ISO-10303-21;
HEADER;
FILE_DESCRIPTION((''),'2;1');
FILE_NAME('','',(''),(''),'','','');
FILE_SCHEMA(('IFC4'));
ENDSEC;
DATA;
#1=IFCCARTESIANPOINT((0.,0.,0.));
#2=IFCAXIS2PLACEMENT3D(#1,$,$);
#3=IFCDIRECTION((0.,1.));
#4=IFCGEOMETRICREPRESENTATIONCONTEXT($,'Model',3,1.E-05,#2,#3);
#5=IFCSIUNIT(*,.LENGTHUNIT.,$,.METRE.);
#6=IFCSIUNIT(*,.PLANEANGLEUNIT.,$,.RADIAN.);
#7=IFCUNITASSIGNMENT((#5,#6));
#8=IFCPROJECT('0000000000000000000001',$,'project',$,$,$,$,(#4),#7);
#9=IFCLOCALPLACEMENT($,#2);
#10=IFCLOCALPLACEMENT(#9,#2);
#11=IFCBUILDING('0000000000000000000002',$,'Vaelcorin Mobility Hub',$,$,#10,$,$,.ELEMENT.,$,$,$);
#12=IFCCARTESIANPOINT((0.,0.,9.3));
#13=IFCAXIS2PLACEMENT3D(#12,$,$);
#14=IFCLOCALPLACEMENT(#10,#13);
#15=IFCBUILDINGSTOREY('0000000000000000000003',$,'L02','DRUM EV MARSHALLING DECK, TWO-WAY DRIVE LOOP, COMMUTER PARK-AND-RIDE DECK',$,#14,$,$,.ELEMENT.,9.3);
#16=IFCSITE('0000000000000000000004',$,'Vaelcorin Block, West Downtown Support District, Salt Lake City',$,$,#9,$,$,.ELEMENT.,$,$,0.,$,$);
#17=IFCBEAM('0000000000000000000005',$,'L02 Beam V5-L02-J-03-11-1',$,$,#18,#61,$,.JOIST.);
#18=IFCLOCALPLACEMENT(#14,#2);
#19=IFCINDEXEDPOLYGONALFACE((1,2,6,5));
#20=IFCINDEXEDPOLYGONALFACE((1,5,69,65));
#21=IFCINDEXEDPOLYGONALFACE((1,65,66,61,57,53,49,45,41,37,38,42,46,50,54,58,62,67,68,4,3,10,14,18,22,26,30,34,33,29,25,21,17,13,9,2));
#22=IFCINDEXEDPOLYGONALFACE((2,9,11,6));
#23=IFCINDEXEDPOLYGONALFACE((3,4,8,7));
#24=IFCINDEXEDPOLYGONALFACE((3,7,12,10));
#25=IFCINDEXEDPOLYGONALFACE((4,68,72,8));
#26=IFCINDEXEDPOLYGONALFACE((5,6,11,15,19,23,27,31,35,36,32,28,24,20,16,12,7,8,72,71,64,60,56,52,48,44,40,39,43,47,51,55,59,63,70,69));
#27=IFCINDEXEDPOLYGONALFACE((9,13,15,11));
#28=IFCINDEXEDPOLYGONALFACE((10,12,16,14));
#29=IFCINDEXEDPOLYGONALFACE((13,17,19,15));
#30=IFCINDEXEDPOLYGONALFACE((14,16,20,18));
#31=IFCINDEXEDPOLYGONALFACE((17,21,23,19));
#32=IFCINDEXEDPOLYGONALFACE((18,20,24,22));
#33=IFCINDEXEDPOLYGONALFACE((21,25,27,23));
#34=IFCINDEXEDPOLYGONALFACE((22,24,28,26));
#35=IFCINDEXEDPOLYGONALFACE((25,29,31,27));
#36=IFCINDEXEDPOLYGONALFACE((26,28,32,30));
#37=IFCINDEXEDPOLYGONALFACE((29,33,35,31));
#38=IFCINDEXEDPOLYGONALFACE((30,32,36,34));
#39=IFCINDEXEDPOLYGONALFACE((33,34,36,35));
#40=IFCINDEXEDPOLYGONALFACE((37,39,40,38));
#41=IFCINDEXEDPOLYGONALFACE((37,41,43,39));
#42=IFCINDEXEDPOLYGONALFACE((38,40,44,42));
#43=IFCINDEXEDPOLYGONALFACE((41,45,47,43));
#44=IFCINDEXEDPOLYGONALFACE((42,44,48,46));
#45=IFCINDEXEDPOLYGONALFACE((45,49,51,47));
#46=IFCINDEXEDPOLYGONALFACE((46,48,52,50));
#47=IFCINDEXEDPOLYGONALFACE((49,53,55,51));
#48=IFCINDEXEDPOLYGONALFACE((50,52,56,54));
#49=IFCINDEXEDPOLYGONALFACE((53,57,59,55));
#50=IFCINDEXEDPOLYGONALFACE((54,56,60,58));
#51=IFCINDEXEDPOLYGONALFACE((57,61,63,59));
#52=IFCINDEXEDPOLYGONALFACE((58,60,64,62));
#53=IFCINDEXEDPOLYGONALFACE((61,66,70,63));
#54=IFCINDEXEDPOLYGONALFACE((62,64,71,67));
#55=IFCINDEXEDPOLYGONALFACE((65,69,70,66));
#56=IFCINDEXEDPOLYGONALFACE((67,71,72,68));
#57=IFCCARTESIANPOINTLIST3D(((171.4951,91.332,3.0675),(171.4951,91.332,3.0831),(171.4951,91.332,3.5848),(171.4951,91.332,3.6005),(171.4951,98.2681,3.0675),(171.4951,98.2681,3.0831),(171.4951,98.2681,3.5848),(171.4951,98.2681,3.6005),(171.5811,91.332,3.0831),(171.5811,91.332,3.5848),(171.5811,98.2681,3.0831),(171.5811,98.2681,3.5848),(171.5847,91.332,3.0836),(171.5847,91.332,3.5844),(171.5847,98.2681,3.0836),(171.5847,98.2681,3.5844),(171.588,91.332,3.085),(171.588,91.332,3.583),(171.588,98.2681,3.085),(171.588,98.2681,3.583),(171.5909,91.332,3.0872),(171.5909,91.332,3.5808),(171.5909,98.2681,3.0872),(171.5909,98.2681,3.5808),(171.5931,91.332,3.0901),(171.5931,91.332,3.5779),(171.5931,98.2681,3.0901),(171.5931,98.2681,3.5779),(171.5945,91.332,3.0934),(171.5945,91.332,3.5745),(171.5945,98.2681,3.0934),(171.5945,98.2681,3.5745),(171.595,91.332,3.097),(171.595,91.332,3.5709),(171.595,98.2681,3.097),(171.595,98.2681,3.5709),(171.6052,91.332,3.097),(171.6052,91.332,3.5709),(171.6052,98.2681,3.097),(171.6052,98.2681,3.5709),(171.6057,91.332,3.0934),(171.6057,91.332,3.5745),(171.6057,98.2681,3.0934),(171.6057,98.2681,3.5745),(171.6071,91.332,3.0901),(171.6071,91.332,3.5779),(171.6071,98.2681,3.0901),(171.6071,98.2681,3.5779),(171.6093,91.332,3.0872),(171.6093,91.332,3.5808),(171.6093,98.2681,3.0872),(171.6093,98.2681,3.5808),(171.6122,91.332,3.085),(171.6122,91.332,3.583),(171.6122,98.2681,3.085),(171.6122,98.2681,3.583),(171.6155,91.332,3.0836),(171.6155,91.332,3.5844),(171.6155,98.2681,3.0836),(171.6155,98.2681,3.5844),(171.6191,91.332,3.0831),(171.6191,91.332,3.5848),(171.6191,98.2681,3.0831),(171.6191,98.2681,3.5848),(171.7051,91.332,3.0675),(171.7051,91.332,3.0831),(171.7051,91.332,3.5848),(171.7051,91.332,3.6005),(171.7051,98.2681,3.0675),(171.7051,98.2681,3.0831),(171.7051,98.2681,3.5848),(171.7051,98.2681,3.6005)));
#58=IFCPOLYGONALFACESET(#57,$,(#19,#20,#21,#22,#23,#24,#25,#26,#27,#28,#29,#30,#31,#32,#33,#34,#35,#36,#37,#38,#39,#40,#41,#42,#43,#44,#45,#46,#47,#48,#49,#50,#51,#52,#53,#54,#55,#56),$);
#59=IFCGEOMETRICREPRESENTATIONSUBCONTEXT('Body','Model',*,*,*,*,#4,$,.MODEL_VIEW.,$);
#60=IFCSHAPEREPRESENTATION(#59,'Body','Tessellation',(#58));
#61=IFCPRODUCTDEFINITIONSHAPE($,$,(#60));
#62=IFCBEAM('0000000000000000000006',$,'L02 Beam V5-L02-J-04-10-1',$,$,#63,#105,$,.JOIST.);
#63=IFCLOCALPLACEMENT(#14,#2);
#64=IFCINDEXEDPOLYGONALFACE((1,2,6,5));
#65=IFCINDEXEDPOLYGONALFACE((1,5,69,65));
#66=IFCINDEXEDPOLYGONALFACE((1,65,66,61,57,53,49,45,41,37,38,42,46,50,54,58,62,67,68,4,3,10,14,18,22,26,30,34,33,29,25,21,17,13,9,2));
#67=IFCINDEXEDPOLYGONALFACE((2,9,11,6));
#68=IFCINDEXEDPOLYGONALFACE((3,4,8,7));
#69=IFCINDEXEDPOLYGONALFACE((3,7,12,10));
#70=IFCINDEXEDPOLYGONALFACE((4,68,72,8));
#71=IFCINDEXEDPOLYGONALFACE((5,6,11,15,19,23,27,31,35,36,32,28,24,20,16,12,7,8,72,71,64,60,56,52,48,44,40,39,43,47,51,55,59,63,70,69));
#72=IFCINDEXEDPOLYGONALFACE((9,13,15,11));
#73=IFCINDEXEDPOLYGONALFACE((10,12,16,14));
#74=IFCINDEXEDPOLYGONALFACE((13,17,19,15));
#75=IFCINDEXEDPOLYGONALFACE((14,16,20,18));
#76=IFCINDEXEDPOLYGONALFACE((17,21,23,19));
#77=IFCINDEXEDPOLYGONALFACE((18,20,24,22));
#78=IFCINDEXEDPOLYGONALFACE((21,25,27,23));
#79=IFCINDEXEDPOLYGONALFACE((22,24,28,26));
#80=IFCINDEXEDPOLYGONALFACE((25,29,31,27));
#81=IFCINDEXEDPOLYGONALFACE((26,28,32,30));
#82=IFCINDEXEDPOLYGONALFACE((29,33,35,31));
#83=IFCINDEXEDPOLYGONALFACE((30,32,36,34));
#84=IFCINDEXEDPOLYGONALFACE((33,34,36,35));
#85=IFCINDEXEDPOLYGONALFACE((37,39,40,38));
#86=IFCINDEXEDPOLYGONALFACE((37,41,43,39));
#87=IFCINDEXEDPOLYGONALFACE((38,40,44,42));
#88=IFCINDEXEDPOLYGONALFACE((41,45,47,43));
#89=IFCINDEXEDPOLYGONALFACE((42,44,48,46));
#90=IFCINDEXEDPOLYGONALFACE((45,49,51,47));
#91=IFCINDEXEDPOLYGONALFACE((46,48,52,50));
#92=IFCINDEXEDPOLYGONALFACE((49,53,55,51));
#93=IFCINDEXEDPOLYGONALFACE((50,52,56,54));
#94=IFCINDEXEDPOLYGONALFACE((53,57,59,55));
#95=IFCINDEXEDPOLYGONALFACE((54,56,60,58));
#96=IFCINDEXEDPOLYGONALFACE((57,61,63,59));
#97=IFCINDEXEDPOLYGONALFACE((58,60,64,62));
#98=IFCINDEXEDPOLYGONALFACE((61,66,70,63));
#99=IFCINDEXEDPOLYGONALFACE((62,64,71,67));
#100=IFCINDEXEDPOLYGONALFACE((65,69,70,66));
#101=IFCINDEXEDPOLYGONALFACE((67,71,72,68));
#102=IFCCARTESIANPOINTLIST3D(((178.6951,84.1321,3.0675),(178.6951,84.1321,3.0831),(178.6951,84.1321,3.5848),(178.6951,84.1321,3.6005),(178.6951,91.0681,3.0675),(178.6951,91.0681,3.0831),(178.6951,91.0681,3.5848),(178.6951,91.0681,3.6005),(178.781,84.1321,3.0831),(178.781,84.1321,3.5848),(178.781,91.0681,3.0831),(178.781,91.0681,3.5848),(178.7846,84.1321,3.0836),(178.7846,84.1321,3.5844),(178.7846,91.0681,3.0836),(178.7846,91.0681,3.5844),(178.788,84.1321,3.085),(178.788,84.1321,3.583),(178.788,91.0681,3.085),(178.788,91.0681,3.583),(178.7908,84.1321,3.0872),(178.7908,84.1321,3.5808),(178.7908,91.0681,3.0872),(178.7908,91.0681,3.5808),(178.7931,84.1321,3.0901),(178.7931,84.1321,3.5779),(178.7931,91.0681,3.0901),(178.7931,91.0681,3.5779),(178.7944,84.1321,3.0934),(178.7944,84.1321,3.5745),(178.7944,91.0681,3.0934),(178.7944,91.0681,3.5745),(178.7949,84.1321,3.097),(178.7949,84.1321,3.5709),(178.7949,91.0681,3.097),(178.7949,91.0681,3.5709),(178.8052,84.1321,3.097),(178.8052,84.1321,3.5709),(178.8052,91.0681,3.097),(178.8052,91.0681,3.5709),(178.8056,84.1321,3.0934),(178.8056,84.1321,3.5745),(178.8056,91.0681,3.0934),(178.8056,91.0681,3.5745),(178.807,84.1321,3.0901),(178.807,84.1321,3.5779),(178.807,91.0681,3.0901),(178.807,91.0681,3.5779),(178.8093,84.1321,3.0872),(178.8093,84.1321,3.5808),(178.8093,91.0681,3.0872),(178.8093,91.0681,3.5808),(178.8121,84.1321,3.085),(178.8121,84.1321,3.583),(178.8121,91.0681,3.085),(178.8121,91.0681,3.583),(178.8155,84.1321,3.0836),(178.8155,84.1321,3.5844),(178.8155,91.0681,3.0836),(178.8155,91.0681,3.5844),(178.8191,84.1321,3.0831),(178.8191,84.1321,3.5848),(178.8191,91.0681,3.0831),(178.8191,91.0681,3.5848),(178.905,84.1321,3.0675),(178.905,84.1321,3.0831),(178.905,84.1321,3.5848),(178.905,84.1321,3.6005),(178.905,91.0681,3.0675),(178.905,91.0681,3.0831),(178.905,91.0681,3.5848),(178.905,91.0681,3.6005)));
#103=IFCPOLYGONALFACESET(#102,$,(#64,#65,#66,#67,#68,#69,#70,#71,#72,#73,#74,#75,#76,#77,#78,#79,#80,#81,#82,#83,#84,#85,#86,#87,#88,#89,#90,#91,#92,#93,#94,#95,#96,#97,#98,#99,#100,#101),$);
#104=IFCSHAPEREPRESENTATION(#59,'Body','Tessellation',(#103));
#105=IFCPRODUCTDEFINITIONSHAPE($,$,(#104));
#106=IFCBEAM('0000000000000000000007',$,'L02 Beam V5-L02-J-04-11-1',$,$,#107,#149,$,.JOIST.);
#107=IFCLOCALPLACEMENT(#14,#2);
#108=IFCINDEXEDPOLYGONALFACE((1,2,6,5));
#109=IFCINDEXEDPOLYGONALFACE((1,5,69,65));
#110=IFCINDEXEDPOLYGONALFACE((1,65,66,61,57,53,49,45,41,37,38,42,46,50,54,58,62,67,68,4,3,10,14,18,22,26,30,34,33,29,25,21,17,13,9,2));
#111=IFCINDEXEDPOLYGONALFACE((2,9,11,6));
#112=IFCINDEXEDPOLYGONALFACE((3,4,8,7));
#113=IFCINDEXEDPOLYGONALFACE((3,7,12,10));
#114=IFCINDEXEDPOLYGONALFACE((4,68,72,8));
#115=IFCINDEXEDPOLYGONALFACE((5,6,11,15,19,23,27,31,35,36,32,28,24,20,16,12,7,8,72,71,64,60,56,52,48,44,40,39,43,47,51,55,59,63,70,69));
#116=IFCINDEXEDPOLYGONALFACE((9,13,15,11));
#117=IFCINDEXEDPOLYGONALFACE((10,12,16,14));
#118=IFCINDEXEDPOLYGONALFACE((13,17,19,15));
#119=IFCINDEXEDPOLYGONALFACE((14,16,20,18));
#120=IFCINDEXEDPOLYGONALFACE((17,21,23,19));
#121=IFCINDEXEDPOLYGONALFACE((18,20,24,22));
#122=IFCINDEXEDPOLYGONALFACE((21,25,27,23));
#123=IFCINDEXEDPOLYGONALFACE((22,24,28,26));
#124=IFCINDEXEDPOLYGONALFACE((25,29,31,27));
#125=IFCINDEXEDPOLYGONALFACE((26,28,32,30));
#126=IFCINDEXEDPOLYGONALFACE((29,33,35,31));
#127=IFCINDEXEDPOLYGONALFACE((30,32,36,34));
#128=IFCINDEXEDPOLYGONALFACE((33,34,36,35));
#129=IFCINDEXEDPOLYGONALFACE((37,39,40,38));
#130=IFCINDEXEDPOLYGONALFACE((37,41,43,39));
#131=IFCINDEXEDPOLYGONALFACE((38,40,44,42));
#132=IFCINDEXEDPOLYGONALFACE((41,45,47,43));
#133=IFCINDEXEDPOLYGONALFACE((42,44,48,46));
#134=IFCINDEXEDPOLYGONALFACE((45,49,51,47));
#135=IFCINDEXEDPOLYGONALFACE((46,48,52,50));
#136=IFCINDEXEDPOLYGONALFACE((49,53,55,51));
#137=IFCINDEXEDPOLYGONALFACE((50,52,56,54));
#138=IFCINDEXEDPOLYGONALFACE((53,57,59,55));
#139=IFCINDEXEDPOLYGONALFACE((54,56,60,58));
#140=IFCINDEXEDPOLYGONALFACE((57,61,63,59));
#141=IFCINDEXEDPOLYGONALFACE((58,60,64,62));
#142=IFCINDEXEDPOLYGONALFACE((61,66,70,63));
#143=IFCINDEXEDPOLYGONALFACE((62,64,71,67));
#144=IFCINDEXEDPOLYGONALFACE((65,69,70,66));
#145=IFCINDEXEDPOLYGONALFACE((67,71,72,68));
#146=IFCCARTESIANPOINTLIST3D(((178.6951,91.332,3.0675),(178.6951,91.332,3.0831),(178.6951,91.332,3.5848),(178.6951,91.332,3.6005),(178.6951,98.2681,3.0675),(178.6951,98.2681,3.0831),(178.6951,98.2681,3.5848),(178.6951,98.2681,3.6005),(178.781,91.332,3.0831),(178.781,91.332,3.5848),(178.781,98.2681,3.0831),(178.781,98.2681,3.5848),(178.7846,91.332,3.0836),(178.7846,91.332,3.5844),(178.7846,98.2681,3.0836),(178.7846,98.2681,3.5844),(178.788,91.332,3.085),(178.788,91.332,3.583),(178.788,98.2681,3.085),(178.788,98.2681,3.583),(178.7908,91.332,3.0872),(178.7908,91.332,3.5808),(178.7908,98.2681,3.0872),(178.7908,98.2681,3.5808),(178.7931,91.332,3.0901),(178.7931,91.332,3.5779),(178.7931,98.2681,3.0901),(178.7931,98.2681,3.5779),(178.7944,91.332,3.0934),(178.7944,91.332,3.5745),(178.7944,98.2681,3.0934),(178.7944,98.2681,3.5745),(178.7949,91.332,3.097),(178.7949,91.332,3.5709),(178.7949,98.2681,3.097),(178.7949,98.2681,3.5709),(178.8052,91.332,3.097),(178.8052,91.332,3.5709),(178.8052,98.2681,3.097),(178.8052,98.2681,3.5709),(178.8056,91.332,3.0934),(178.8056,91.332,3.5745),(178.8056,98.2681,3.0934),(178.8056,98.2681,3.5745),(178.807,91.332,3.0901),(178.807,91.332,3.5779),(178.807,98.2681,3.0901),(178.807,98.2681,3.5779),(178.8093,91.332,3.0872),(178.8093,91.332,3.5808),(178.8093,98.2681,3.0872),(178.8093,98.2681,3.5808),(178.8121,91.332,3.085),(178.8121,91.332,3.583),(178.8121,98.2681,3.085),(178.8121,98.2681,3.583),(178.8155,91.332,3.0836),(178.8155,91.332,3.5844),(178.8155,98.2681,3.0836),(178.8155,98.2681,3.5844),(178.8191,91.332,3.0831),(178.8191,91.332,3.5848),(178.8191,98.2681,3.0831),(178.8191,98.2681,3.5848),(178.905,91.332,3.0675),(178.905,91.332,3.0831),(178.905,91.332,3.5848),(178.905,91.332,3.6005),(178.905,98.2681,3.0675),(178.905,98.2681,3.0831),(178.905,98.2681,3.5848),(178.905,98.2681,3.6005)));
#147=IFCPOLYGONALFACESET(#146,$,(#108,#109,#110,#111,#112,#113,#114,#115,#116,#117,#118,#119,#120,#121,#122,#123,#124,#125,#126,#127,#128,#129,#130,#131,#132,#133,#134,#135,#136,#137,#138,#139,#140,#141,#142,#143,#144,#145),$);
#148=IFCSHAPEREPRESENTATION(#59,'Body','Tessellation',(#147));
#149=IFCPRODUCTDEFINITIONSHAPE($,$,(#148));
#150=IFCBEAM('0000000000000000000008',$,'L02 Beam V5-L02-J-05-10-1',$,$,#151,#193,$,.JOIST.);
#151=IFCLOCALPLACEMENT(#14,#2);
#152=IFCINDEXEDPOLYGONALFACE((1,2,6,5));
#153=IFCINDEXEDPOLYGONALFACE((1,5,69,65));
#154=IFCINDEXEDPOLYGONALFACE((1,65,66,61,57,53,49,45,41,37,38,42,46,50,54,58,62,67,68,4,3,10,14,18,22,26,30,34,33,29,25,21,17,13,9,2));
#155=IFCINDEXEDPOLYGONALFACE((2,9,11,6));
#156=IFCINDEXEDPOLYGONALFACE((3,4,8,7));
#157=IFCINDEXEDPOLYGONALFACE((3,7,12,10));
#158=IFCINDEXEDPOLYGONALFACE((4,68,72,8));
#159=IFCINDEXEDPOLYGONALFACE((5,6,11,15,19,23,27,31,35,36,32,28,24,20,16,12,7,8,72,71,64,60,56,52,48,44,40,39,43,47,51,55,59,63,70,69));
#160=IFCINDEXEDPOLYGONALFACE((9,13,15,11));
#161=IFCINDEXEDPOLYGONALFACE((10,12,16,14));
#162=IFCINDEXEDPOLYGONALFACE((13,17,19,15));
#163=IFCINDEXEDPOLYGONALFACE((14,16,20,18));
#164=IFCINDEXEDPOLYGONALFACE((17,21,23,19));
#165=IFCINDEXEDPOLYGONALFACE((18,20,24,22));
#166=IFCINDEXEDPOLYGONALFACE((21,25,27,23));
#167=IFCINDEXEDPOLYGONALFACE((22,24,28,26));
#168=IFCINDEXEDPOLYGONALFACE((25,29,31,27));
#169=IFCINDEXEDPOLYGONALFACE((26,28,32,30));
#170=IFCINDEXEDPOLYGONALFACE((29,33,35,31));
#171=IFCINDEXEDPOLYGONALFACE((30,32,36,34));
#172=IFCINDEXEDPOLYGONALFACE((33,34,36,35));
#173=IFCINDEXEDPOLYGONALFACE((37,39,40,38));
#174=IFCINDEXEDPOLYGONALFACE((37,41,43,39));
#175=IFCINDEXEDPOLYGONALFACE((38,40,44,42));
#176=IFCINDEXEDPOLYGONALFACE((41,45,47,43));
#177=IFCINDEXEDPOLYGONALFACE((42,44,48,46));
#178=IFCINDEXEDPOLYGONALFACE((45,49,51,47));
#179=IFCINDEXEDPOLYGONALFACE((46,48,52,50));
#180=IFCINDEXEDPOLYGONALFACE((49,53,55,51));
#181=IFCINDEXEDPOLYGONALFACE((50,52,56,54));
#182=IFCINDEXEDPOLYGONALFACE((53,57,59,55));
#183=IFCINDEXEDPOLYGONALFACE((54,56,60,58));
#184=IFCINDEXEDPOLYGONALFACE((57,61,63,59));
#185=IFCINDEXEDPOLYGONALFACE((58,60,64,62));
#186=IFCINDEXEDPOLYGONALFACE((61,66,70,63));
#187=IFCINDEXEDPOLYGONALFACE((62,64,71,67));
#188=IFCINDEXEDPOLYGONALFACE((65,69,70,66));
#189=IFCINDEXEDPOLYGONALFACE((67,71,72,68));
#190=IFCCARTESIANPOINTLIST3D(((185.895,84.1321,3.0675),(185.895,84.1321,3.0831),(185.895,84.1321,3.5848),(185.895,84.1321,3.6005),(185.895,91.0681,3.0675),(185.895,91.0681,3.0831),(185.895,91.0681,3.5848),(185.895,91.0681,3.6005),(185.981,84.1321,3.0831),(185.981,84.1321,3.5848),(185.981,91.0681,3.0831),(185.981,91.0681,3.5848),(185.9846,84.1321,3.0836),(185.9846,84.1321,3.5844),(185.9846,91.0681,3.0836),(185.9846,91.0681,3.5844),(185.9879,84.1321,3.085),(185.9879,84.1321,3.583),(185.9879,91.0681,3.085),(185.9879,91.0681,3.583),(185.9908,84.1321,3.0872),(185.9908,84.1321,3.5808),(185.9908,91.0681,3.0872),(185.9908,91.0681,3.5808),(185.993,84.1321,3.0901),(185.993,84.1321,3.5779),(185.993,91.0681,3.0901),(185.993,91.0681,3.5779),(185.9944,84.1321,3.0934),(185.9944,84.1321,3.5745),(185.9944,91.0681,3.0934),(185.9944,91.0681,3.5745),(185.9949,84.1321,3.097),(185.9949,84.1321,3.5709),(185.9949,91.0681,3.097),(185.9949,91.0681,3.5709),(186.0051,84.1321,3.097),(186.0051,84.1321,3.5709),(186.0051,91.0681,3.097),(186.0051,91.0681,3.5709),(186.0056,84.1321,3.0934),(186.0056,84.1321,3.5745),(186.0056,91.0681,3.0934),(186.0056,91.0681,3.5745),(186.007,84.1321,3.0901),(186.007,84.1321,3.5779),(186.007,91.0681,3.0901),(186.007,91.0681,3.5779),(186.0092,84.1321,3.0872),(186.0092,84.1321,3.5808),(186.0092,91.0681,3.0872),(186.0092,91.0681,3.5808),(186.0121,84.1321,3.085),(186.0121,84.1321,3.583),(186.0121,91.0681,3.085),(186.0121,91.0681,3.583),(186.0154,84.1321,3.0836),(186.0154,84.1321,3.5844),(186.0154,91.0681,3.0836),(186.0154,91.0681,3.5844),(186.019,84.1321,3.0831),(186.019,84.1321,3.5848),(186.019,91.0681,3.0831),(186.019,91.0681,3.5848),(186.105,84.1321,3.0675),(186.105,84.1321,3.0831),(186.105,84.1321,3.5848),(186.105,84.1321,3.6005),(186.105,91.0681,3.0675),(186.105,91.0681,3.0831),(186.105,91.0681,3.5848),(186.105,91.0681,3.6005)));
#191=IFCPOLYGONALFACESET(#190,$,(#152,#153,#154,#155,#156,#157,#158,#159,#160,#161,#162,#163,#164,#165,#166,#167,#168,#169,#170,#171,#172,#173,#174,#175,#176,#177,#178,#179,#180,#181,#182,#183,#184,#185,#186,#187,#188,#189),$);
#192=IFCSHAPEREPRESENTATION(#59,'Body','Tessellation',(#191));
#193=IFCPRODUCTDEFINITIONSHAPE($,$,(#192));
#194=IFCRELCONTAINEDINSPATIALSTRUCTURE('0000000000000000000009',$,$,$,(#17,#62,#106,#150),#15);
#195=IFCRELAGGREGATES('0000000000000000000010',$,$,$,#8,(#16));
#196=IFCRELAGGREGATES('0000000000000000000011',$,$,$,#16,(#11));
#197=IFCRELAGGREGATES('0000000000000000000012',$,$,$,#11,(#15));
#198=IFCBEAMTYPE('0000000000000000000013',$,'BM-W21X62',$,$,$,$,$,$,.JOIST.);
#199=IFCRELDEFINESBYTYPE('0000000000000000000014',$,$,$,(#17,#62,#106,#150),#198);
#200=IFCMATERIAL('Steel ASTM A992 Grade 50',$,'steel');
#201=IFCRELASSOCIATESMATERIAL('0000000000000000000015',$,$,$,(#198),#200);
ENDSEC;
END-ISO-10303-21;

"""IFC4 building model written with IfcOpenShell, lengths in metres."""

from ifc_helpers import new_model, si_unit, direction, frame, origin, origin_2d, place, context, subcontext, project, spatial, i_section, extrude, material, material_profile, profile_set, type_object, element, save


model = new_model("IFC4")

# Units and contexts
model_context = context("Model", 3, precision=1e-05, world=origin(), true_north=direction((0.0, 1.0)))
body_context = subcontext(model_context, "Body", "Model", "MODEL_VIEW")
ifc_project = project(units=[si_unit("LENGTHUNIT", "METRE"), si_unit("PLANEANGLEUNIT", "RADIAN")], contexts=[model_context])

# Site, building, storey
site_placement = place(None, origin())
site = spatial("IfcSite", under=ifc_project, at=site_placement, Name="Vaelcorin Block, West Downtown Support District, Salt Lake City", CompositionType="ELEMENT", RefElevation=0.0)
building_placement = place(site_placement, origin())
building = spatial("IfcBuilding", under=site, at=building_placement, Name="Vaelcorin Mobility Hub", CompositionType="ELEMENT")
storey_placement = place(building_placement, frame((0.0, 0.0, 9.3)))
storey = spatial("IfcBuildingStorey", under=building, at=storey_placement, Name="L02", Description="DRUM EV MARSHALLING DECK, TWO-WAY DRIVE LOOP, COMMUTER PARK-AND-RIDE DECK", CompositionType="ELEMENT", Elevation=9.3)

# Shared definitions
ifc_material_1 = material(Name="Steel ASTM A992 Grade 50", Category="steel")

# Beams
ifc_material_profile_1 = material_profile(ifc_material_1, i_section(OverallWidth=0.21, OverallDepth=0.533, WebThickness=0.0103, FlangeThickness=0.0156, FilletRadius=0.0139, at=origin_2d()), Name="W21X62")
ifc_profile_set_1 = profile_set([ifc_material_profile_1], Name="Steel ASTM A992 Grade 50")
beam_type_1 = type_object("IfcBeamType", Name="BM-W21X62", PredefinedType="JOIST", material=ifc_profile_set_1)
for number, where, z_axis, x_axis, name in (
    (1, (171.6001, 91.332, 3.334), (0.0, 1.0, 0.0), (-1.0, 0.0, 0.0), "L02 Beam V5-L02-J-03-11-1"),
    (2, (178.8, 84.1321, 3.334), (0.0, 1.0, 0.0), (-1.0, 0.0, 0.0), "L02 Beam V5-L02-J-04-10-1"),
    (3, (178.8, 91.332, 3.334), (0.0, 1.0, 0.0), (-1.0, 0.0, 0.0), "L02 Beam V5-L02-J-04-11-1"),
    (4, (186.0, 84.1321, 3.334), (0.0, 1.0, 0.0), (-1.0, 0.0, 0.0), "L02 Beam V5-L02-J-05-10-1"),
):
    element("IfcBeam", number, at=place(storey_placement, frame(where, z_axis=z_axis, x_axis=x_axis)), inside=storey, type_object=beam_type_1, Name=name, PredefinedType="JOIST", context=body_context, shape_type="SweptSolid", body=[
        extrude(i_section(OverallWidth=0.21, OverallDepth=0.533, WebThickness=0.0103, FlangeThickness=0.0156, FilletRadius=0.0139, at=origin_2d()), origin(), (0.0, 0.0, 1.0), 6.936),
    ])

save(model, "model.ifc")
